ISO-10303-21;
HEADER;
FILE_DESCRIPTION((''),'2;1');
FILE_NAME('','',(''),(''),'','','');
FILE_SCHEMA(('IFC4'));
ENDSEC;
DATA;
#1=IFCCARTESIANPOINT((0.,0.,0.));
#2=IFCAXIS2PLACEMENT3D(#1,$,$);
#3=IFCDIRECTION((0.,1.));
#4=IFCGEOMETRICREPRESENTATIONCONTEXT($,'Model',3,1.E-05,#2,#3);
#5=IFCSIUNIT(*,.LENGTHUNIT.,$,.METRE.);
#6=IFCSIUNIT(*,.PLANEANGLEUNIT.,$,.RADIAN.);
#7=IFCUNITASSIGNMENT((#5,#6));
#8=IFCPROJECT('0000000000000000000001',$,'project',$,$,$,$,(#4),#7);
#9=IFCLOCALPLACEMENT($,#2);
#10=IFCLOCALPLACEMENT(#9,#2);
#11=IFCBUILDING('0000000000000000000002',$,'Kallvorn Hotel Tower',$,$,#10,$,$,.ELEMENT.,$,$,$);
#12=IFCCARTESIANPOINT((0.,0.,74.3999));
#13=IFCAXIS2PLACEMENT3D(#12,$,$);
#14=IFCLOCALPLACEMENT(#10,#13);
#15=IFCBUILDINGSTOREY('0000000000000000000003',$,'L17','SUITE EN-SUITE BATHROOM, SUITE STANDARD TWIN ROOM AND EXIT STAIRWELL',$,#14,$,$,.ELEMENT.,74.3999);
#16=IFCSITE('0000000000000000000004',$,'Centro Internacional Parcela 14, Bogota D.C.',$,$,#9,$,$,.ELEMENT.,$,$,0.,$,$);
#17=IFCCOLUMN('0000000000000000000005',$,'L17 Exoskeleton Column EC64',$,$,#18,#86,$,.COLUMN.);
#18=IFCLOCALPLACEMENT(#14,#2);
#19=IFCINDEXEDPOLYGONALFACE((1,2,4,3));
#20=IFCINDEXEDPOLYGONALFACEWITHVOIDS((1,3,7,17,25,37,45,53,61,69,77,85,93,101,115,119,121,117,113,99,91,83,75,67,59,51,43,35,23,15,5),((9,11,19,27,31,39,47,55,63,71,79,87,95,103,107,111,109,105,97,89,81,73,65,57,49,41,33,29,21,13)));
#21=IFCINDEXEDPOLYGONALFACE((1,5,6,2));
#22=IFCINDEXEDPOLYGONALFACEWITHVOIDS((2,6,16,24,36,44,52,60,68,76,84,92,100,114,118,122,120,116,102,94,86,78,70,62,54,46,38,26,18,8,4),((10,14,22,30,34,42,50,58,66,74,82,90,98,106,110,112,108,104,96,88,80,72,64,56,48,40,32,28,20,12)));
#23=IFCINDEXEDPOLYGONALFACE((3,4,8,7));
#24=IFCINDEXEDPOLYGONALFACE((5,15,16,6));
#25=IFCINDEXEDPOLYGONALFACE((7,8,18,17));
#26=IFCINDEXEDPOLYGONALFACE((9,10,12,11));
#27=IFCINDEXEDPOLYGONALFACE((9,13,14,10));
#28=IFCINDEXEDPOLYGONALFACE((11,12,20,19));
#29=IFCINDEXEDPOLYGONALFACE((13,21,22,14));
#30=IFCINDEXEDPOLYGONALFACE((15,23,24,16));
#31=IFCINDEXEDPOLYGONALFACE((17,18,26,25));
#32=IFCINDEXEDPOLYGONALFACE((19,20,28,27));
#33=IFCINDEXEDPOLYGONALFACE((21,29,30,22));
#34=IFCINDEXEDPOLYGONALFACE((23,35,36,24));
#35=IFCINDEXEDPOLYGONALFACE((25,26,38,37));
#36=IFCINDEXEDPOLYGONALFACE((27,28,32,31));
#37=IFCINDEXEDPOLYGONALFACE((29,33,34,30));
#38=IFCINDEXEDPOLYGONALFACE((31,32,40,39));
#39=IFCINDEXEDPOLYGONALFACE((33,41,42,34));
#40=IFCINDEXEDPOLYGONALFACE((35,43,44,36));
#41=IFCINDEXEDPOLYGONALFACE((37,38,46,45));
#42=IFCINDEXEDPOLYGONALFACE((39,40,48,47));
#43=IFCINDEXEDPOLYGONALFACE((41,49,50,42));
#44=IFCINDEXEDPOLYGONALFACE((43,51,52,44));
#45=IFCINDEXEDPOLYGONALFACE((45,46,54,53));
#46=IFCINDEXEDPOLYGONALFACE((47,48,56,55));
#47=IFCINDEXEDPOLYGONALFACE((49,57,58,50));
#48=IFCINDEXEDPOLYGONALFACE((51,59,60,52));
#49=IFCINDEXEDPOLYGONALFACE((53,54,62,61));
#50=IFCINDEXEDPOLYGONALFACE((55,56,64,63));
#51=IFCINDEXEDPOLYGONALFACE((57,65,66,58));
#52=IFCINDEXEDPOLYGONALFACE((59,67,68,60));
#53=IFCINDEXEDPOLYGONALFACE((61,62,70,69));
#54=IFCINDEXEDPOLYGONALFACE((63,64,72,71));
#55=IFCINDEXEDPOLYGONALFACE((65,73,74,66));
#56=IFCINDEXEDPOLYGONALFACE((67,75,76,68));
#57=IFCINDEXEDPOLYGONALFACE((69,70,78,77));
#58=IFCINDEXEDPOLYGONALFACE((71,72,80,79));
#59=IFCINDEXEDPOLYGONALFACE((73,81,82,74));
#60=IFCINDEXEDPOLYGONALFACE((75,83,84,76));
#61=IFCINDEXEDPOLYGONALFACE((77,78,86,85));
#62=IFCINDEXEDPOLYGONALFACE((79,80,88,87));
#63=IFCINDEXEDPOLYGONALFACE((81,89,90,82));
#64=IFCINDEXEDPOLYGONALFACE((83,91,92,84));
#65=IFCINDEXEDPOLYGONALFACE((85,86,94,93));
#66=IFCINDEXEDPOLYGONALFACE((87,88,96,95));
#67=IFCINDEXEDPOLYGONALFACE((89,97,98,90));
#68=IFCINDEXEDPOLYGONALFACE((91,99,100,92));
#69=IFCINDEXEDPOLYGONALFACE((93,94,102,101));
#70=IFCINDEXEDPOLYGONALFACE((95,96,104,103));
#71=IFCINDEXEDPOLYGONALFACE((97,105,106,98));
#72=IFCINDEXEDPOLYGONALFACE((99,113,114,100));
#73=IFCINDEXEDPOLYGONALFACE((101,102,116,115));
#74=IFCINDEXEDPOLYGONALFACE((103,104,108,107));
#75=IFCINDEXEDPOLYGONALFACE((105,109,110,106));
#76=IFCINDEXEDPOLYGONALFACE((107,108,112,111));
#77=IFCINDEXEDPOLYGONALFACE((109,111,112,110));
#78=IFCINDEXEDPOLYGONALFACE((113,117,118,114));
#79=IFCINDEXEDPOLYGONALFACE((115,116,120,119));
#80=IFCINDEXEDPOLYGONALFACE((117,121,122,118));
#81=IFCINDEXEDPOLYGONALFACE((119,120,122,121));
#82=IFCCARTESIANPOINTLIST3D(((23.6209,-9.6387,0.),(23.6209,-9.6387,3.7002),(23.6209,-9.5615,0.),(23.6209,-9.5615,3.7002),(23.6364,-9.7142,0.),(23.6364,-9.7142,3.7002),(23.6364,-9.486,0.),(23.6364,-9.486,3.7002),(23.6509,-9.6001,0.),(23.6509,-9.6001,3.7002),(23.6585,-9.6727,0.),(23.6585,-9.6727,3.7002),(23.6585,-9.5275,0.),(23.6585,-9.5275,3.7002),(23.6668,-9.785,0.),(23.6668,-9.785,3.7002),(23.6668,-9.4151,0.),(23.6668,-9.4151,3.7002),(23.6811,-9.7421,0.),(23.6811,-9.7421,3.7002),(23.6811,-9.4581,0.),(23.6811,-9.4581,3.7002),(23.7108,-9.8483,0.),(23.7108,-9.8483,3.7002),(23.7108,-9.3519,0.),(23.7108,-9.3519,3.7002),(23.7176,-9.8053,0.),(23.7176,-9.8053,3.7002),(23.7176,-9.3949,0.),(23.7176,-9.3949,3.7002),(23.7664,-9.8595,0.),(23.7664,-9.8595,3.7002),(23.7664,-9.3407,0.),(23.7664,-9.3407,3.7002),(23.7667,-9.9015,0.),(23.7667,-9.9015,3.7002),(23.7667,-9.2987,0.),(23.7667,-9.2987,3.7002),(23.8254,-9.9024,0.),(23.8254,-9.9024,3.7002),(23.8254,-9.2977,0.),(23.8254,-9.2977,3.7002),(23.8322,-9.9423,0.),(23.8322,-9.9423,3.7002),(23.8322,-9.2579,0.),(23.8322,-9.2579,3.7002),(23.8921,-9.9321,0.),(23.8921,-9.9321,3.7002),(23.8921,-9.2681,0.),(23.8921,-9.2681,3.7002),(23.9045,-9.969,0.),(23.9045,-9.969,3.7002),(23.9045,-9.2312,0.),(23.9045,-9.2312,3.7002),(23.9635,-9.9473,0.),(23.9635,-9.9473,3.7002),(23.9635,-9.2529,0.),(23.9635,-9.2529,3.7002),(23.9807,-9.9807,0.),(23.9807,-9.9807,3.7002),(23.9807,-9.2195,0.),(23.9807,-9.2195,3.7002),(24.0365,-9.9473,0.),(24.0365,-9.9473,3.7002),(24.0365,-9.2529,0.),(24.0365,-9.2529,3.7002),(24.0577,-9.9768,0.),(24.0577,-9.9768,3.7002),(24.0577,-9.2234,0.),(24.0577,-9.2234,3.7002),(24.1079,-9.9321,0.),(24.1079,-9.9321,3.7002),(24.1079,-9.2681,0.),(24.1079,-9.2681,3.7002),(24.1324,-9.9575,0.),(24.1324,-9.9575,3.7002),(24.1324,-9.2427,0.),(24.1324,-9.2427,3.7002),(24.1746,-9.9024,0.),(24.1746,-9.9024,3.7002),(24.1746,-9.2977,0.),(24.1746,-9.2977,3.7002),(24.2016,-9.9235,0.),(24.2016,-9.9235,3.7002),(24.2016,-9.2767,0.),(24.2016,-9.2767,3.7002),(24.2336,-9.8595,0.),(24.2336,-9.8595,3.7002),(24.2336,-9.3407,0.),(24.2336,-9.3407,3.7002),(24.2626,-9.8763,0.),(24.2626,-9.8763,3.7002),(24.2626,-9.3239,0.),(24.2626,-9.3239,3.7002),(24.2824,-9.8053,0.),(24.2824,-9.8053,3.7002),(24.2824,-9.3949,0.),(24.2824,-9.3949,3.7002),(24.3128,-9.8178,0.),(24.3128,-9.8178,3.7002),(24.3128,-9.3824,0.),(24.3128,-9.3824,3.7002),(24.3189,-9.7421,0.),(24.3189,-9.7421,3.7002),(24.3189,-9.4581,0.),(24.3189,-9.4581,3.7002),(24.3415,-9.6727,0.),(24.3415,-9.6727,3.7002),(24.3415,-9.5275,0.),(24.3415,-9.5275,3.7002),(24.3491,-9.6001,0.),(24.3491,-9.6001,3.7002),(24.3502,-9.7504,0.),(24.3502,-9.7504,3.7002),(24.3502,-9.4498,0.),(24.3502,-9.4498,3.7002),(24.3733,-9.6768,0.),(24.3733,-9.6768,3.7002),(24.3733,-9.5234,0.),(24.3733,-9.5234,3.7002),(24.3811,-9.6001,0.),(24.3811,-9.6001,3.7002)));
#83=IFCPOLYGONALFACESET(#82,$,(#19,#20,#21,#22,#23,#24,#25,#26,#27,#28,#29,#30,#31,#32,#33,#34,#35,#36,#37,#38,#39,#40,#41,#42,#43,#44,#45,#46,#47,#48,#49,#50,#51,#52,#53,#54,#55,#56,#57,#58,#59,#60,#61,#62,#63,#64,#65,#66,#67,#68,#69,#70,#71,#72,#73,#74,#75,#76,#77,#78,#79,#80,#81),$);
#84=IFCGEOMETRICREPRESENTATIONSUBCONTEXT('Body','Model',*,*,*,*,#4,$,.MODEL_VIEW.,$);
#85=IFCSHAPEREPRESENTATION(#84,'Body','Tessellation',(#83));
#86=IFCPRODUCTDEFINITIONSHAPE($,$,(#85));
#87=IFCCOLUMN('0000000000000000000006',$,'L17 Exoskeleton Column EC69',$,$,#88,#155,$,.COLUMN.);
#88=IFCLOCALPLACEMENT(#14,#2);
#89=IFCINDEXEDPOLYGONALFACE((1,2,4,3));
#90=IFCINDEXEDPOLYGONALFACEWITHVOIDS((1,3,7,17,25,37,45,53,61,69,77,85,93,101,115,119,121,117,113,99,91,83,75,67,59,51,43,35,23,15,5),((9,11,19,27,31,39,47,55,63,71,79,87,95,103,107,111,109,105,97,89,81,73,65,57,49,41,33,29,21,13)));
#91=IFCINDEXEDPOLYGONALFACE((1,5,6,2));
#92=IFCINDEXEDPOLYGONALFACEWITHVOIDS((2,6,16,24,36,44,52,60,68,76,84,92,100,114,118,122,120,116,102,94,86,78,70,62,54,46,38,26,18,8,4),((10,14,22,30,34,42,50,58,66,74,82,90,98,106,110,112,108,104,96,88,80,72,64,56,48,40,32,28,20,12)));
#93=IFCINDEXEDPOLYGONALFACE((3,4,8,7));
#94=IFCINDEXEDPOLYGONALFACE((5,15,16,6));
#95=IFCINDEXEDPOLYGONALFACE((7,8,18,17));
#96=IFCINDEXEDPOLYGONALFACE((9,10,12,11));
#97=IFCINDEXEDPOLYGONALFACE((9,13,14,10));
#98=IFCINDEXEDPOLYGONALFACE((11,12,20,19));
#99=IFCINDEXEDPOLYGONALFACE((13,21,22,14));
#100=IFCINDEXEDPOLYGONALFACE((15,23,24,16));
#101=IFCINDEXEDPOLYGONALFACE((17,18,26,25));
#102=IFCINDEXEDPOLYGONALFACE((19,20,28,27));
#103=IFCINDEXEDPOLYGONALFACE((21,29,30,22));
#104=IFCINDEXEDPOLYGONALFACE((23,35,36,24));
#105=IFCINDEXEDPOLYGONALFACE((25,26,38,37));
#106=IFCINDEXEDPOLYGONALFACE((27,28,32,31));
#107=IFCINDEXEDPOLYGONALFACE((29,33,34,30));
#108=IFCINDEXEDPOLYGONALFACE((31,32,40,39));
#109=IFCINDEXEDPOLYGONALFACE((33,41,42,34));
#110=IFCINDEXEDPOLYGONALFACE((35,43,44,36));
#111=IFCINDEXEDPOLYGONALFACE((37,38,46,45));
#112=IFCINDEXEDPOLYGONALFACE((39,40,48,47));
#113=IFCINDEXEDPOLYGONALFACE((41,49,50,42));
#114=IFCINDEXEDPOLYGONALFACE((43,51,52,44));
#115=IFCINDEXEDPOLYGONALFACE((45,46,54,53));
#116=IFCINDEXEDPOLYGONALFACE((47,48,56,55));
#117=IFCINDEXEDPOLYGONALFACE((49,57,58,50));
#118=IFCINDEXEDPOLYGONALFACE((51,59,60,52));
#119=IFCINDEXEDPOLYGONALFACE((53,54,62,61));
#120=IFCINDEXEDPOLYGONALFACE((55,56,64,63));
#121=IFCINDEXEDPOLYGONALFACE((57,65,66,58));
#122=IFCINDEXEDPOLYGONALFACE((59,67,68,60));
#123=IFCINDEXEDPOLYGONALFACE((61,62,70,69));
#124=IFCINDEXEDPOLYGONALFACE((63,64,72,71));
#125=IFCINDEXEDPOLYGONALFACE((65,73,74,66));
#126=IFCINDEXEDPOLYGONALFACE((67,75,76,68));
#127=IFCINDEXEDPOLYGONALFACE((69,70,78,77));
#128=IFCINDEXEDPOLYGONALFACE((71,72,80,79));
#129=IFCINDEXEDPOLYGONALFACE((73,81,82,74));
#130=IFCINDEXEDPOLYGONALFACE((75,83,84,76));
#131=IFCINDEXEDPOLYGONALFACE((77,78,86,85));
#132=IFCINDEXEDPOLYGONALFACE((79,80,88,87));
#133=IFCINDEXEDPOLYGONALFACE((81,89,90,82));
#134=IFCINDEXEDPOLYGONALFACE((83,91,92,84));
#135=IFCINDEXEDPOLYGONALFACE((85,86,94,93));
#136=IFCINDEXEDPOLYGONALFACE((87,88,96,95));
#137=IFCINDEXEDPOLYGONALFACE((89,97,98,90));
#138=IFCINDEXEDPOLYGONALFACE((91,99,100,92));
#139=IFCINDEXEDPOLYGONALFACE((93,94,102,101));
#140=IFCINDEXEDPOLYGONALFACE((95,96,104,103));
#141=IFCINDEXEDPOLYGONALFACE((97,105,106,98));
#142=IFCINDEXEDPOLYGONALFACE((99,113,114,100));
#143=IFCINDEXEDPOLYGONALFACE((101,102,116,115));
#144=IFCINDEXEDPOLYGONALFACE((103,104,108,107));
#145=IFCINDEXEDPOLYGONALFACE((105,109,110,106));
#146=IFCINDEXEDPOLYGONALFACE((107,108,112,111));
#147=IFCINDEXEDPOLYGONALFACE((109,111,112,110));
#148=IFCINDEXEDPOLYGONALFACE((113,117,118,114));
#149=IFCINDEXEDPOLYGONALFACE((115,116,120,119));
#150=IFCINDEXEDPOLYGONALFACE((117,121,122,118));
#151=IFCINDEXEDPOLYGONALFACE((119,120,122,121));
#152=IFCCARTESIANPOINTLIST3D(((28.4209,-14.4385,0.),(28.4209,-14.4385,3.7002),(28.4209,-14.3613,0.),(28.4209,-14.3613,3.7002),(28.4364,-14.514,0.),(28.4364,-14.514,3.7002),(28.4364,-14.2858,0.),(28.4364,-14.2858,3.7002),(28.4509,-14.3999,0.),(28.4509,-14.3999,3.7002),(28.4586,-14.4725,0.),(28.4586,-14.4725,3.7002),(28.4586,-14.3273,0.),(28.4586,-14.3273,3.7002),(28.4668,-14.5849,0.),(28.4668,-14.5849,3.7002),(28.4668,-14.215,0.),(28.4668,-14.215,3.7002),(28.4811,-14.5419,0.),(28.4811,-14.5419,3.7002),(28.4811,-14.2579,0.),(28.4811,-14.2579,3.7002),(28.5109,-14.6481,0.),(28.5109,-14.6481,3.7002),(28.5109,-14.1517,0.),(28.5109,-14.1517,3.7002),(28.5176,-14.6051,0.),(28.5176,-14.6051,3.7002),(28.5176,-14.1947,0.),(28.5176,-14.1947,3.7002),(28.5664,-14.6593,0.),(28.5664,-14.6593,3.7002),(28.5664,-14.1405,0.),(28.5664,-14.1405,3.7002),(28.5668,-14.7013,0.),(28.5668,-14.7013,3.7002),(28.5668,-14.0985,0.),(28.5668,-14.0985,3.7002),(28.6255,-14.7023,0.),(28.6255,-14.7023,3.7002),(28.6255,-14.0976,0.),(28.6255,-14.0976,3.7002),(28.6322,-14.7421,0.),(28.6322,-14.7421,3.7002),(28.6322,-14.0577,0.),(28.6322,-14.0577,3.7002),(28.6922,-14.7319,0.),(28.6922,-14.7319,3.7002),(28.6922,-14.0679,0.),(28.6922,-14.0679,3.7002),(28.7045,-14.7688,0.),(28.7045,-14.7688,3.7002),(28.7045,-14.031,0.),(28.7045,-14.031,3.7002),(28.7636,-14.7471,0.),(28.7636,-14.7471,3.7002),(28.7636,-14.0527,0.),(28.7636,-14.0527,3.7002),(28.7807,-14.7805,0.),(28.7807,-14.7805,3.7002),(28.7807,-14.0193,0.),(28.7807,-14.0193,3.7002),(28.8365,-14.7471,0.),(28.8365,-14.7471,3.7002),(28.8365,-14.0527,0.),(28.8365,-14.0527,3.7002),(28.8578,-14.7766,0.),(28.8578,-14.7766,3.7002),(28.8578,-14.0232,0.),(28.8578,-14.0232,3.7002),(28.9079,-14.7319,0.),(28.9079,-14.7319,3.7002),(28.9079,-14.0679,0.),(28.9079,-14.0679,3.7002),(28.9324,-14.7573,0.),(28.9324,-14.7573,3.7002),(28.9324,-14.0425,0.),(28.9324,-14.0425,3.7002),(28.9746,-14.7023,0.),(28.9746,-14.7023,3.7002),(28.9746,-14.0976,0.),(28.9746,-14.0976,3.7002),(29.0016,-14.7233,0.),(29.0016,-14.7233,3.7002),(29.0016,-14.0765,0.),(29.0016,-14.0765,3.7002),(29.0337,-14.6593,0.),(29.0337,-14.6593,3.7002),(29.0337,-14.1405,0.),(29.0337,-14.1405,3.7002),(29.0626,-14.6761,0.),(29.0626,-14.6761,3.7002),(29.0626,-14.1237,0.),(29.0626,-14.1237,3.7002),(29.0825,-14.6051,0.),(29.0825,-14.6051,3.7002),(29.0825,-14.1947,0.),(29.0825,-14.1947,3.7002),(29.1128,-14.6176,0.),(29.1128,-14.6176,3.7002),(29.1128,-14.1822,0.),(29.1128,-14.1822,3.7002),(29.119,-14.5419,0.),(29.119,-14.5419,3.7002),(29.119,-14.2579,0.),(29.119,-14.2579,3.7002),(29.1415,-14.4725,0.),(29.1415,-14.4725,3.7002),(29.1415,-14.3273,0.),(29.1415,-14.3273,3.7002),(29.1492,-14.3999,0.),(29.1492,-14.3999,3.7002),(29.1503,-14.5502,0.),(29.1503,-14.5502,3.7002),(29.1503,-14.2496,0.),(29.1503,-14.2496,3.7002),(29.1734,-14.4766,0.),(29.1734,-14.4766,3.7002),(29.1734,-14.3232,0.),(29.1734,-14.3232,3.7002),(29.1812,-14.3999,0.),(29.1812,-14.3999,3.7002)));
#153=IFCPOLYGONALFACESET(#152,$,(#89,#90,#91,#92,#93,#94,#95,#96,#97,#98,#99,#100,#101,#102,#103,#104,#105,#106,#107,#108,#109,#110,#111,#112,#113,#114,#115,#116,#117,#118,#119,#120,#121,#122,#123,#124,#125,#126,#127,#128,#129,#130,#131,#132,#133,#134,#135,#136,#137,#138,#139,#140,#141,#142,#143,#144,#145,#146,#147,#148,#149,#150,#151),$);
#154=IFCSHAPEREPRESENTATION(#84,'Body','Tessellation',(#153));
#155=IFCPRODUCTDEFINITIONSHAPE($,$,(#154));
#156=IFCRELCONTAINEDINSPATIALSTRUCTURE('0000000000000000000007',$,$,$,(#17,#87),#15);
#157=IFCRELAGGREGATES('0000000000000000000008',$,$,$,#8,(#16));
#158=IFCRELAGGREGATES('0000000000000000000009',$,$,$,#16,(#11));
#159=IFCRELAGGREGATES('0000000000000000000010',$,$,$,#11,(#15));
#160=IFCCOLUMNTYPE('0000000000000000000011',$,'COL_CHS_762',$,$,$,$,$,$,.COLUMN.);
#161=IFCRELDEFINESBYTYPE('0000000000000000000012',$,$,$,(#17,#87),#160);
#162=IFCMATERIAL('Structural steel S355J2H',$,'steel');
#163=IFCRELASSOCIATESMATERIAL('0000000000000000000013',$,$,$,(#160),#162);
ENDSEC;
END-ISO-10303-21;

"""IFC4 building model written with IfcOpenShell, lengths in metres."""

from ifc_helpers import new_model, si_unit, direction, frame, origin, origin_2d, place, context, subcontext, project, spatial, hollow_circle, extrude, material, material_profile, profile_set, type_object, element, save


model = new_model("IFC4")

# Units and contexts
model_context = context("Model", 3, precision=1e-05, world=origin(), true_north=direction((0.0, 1.0)))
body_context = subcontext(model_context, "Body", "Model", "MODEL_VIEW")
ifc_project = project(units=[si_unit("LENGTHUNIT", "METRE"), si_unit("PLANEANGLEUNIT", "RADIAN")], contexts=[model_context])

# Site, building, storey
site_placement = place(None, origin())
site = spatial("IfcSite", under=ifc_project, at=site_placement, Name="Centro Internacional Parcela 14, Bogota D.C.", CompositionType="ELEMENT", RefElevation=0.0)
building_placement = place(site_placement, origin())
building = spatial("IfcBuilding", under=site, at=building_placement, Name="Kallvorn Hotel Tower", CompositionType="ELEMENT")
storey_placement = place(building_placement, frame((0.0, 0.0, 74.3999)))
storey = spatial("IfcBuildingStorey", under=building, at=storey_placement, Name="L17", Description="SUITE EN-SUITE BATHROOM, SUITE STANDARD TWIN ROOM AND EXIT STAIRWELL", CompositionType="ELEMENT", Elevation=74.3999)

# Columns
ifc_material_1 = material(Name="Structural steel S355J2H", Category="steel")
ifc_material_profile_1 = material_profile(ifc_material_1, hollow_circle(Radius=0.3811, WallThickness=0.032, at=origin_2d()), Name="CHS 762x32")
ifc_profile_set_1 = profile_set([ifc_material_profile_1], Name="Structural steel S355J2H")
column_type_1 = type_object("IfcColumnType", Name="COL_CHS_762", PredefinedType="COLUMN", material=ifc_profile_set_1)
for number, where, z_axis, x_axis, name in (
    (1, (24.0, -9.6001, 0.0), (0.0, 0.0, 1.0), (1.0, 0.0, 0.0), "L17 Exoskeleton Column EC64"),
    (2, (28.8, -14.3999, 0.0), (0.0, 0.0, 1.0), (1.0, 0.0, 0.0), "L17 Exoskeleton Column EC69"),
):
    element("IfcColumn", number, at=place(storey_placement, frame(where, z_axis=z_axis, x_axis=x_axis)), inside=storey, type_object=column_type_1, Name=name, PredefinedType="COLUMN", context=body_context, shape_type="SweptSolid", body=[
        extrude(hollow_circle(Radius=0.3811, WallThickness=0.032, at=origin_2d()), origin(), (0.0, 0.0, 1.0), 3.7002),
    ])

save(model, "model.ifc")
